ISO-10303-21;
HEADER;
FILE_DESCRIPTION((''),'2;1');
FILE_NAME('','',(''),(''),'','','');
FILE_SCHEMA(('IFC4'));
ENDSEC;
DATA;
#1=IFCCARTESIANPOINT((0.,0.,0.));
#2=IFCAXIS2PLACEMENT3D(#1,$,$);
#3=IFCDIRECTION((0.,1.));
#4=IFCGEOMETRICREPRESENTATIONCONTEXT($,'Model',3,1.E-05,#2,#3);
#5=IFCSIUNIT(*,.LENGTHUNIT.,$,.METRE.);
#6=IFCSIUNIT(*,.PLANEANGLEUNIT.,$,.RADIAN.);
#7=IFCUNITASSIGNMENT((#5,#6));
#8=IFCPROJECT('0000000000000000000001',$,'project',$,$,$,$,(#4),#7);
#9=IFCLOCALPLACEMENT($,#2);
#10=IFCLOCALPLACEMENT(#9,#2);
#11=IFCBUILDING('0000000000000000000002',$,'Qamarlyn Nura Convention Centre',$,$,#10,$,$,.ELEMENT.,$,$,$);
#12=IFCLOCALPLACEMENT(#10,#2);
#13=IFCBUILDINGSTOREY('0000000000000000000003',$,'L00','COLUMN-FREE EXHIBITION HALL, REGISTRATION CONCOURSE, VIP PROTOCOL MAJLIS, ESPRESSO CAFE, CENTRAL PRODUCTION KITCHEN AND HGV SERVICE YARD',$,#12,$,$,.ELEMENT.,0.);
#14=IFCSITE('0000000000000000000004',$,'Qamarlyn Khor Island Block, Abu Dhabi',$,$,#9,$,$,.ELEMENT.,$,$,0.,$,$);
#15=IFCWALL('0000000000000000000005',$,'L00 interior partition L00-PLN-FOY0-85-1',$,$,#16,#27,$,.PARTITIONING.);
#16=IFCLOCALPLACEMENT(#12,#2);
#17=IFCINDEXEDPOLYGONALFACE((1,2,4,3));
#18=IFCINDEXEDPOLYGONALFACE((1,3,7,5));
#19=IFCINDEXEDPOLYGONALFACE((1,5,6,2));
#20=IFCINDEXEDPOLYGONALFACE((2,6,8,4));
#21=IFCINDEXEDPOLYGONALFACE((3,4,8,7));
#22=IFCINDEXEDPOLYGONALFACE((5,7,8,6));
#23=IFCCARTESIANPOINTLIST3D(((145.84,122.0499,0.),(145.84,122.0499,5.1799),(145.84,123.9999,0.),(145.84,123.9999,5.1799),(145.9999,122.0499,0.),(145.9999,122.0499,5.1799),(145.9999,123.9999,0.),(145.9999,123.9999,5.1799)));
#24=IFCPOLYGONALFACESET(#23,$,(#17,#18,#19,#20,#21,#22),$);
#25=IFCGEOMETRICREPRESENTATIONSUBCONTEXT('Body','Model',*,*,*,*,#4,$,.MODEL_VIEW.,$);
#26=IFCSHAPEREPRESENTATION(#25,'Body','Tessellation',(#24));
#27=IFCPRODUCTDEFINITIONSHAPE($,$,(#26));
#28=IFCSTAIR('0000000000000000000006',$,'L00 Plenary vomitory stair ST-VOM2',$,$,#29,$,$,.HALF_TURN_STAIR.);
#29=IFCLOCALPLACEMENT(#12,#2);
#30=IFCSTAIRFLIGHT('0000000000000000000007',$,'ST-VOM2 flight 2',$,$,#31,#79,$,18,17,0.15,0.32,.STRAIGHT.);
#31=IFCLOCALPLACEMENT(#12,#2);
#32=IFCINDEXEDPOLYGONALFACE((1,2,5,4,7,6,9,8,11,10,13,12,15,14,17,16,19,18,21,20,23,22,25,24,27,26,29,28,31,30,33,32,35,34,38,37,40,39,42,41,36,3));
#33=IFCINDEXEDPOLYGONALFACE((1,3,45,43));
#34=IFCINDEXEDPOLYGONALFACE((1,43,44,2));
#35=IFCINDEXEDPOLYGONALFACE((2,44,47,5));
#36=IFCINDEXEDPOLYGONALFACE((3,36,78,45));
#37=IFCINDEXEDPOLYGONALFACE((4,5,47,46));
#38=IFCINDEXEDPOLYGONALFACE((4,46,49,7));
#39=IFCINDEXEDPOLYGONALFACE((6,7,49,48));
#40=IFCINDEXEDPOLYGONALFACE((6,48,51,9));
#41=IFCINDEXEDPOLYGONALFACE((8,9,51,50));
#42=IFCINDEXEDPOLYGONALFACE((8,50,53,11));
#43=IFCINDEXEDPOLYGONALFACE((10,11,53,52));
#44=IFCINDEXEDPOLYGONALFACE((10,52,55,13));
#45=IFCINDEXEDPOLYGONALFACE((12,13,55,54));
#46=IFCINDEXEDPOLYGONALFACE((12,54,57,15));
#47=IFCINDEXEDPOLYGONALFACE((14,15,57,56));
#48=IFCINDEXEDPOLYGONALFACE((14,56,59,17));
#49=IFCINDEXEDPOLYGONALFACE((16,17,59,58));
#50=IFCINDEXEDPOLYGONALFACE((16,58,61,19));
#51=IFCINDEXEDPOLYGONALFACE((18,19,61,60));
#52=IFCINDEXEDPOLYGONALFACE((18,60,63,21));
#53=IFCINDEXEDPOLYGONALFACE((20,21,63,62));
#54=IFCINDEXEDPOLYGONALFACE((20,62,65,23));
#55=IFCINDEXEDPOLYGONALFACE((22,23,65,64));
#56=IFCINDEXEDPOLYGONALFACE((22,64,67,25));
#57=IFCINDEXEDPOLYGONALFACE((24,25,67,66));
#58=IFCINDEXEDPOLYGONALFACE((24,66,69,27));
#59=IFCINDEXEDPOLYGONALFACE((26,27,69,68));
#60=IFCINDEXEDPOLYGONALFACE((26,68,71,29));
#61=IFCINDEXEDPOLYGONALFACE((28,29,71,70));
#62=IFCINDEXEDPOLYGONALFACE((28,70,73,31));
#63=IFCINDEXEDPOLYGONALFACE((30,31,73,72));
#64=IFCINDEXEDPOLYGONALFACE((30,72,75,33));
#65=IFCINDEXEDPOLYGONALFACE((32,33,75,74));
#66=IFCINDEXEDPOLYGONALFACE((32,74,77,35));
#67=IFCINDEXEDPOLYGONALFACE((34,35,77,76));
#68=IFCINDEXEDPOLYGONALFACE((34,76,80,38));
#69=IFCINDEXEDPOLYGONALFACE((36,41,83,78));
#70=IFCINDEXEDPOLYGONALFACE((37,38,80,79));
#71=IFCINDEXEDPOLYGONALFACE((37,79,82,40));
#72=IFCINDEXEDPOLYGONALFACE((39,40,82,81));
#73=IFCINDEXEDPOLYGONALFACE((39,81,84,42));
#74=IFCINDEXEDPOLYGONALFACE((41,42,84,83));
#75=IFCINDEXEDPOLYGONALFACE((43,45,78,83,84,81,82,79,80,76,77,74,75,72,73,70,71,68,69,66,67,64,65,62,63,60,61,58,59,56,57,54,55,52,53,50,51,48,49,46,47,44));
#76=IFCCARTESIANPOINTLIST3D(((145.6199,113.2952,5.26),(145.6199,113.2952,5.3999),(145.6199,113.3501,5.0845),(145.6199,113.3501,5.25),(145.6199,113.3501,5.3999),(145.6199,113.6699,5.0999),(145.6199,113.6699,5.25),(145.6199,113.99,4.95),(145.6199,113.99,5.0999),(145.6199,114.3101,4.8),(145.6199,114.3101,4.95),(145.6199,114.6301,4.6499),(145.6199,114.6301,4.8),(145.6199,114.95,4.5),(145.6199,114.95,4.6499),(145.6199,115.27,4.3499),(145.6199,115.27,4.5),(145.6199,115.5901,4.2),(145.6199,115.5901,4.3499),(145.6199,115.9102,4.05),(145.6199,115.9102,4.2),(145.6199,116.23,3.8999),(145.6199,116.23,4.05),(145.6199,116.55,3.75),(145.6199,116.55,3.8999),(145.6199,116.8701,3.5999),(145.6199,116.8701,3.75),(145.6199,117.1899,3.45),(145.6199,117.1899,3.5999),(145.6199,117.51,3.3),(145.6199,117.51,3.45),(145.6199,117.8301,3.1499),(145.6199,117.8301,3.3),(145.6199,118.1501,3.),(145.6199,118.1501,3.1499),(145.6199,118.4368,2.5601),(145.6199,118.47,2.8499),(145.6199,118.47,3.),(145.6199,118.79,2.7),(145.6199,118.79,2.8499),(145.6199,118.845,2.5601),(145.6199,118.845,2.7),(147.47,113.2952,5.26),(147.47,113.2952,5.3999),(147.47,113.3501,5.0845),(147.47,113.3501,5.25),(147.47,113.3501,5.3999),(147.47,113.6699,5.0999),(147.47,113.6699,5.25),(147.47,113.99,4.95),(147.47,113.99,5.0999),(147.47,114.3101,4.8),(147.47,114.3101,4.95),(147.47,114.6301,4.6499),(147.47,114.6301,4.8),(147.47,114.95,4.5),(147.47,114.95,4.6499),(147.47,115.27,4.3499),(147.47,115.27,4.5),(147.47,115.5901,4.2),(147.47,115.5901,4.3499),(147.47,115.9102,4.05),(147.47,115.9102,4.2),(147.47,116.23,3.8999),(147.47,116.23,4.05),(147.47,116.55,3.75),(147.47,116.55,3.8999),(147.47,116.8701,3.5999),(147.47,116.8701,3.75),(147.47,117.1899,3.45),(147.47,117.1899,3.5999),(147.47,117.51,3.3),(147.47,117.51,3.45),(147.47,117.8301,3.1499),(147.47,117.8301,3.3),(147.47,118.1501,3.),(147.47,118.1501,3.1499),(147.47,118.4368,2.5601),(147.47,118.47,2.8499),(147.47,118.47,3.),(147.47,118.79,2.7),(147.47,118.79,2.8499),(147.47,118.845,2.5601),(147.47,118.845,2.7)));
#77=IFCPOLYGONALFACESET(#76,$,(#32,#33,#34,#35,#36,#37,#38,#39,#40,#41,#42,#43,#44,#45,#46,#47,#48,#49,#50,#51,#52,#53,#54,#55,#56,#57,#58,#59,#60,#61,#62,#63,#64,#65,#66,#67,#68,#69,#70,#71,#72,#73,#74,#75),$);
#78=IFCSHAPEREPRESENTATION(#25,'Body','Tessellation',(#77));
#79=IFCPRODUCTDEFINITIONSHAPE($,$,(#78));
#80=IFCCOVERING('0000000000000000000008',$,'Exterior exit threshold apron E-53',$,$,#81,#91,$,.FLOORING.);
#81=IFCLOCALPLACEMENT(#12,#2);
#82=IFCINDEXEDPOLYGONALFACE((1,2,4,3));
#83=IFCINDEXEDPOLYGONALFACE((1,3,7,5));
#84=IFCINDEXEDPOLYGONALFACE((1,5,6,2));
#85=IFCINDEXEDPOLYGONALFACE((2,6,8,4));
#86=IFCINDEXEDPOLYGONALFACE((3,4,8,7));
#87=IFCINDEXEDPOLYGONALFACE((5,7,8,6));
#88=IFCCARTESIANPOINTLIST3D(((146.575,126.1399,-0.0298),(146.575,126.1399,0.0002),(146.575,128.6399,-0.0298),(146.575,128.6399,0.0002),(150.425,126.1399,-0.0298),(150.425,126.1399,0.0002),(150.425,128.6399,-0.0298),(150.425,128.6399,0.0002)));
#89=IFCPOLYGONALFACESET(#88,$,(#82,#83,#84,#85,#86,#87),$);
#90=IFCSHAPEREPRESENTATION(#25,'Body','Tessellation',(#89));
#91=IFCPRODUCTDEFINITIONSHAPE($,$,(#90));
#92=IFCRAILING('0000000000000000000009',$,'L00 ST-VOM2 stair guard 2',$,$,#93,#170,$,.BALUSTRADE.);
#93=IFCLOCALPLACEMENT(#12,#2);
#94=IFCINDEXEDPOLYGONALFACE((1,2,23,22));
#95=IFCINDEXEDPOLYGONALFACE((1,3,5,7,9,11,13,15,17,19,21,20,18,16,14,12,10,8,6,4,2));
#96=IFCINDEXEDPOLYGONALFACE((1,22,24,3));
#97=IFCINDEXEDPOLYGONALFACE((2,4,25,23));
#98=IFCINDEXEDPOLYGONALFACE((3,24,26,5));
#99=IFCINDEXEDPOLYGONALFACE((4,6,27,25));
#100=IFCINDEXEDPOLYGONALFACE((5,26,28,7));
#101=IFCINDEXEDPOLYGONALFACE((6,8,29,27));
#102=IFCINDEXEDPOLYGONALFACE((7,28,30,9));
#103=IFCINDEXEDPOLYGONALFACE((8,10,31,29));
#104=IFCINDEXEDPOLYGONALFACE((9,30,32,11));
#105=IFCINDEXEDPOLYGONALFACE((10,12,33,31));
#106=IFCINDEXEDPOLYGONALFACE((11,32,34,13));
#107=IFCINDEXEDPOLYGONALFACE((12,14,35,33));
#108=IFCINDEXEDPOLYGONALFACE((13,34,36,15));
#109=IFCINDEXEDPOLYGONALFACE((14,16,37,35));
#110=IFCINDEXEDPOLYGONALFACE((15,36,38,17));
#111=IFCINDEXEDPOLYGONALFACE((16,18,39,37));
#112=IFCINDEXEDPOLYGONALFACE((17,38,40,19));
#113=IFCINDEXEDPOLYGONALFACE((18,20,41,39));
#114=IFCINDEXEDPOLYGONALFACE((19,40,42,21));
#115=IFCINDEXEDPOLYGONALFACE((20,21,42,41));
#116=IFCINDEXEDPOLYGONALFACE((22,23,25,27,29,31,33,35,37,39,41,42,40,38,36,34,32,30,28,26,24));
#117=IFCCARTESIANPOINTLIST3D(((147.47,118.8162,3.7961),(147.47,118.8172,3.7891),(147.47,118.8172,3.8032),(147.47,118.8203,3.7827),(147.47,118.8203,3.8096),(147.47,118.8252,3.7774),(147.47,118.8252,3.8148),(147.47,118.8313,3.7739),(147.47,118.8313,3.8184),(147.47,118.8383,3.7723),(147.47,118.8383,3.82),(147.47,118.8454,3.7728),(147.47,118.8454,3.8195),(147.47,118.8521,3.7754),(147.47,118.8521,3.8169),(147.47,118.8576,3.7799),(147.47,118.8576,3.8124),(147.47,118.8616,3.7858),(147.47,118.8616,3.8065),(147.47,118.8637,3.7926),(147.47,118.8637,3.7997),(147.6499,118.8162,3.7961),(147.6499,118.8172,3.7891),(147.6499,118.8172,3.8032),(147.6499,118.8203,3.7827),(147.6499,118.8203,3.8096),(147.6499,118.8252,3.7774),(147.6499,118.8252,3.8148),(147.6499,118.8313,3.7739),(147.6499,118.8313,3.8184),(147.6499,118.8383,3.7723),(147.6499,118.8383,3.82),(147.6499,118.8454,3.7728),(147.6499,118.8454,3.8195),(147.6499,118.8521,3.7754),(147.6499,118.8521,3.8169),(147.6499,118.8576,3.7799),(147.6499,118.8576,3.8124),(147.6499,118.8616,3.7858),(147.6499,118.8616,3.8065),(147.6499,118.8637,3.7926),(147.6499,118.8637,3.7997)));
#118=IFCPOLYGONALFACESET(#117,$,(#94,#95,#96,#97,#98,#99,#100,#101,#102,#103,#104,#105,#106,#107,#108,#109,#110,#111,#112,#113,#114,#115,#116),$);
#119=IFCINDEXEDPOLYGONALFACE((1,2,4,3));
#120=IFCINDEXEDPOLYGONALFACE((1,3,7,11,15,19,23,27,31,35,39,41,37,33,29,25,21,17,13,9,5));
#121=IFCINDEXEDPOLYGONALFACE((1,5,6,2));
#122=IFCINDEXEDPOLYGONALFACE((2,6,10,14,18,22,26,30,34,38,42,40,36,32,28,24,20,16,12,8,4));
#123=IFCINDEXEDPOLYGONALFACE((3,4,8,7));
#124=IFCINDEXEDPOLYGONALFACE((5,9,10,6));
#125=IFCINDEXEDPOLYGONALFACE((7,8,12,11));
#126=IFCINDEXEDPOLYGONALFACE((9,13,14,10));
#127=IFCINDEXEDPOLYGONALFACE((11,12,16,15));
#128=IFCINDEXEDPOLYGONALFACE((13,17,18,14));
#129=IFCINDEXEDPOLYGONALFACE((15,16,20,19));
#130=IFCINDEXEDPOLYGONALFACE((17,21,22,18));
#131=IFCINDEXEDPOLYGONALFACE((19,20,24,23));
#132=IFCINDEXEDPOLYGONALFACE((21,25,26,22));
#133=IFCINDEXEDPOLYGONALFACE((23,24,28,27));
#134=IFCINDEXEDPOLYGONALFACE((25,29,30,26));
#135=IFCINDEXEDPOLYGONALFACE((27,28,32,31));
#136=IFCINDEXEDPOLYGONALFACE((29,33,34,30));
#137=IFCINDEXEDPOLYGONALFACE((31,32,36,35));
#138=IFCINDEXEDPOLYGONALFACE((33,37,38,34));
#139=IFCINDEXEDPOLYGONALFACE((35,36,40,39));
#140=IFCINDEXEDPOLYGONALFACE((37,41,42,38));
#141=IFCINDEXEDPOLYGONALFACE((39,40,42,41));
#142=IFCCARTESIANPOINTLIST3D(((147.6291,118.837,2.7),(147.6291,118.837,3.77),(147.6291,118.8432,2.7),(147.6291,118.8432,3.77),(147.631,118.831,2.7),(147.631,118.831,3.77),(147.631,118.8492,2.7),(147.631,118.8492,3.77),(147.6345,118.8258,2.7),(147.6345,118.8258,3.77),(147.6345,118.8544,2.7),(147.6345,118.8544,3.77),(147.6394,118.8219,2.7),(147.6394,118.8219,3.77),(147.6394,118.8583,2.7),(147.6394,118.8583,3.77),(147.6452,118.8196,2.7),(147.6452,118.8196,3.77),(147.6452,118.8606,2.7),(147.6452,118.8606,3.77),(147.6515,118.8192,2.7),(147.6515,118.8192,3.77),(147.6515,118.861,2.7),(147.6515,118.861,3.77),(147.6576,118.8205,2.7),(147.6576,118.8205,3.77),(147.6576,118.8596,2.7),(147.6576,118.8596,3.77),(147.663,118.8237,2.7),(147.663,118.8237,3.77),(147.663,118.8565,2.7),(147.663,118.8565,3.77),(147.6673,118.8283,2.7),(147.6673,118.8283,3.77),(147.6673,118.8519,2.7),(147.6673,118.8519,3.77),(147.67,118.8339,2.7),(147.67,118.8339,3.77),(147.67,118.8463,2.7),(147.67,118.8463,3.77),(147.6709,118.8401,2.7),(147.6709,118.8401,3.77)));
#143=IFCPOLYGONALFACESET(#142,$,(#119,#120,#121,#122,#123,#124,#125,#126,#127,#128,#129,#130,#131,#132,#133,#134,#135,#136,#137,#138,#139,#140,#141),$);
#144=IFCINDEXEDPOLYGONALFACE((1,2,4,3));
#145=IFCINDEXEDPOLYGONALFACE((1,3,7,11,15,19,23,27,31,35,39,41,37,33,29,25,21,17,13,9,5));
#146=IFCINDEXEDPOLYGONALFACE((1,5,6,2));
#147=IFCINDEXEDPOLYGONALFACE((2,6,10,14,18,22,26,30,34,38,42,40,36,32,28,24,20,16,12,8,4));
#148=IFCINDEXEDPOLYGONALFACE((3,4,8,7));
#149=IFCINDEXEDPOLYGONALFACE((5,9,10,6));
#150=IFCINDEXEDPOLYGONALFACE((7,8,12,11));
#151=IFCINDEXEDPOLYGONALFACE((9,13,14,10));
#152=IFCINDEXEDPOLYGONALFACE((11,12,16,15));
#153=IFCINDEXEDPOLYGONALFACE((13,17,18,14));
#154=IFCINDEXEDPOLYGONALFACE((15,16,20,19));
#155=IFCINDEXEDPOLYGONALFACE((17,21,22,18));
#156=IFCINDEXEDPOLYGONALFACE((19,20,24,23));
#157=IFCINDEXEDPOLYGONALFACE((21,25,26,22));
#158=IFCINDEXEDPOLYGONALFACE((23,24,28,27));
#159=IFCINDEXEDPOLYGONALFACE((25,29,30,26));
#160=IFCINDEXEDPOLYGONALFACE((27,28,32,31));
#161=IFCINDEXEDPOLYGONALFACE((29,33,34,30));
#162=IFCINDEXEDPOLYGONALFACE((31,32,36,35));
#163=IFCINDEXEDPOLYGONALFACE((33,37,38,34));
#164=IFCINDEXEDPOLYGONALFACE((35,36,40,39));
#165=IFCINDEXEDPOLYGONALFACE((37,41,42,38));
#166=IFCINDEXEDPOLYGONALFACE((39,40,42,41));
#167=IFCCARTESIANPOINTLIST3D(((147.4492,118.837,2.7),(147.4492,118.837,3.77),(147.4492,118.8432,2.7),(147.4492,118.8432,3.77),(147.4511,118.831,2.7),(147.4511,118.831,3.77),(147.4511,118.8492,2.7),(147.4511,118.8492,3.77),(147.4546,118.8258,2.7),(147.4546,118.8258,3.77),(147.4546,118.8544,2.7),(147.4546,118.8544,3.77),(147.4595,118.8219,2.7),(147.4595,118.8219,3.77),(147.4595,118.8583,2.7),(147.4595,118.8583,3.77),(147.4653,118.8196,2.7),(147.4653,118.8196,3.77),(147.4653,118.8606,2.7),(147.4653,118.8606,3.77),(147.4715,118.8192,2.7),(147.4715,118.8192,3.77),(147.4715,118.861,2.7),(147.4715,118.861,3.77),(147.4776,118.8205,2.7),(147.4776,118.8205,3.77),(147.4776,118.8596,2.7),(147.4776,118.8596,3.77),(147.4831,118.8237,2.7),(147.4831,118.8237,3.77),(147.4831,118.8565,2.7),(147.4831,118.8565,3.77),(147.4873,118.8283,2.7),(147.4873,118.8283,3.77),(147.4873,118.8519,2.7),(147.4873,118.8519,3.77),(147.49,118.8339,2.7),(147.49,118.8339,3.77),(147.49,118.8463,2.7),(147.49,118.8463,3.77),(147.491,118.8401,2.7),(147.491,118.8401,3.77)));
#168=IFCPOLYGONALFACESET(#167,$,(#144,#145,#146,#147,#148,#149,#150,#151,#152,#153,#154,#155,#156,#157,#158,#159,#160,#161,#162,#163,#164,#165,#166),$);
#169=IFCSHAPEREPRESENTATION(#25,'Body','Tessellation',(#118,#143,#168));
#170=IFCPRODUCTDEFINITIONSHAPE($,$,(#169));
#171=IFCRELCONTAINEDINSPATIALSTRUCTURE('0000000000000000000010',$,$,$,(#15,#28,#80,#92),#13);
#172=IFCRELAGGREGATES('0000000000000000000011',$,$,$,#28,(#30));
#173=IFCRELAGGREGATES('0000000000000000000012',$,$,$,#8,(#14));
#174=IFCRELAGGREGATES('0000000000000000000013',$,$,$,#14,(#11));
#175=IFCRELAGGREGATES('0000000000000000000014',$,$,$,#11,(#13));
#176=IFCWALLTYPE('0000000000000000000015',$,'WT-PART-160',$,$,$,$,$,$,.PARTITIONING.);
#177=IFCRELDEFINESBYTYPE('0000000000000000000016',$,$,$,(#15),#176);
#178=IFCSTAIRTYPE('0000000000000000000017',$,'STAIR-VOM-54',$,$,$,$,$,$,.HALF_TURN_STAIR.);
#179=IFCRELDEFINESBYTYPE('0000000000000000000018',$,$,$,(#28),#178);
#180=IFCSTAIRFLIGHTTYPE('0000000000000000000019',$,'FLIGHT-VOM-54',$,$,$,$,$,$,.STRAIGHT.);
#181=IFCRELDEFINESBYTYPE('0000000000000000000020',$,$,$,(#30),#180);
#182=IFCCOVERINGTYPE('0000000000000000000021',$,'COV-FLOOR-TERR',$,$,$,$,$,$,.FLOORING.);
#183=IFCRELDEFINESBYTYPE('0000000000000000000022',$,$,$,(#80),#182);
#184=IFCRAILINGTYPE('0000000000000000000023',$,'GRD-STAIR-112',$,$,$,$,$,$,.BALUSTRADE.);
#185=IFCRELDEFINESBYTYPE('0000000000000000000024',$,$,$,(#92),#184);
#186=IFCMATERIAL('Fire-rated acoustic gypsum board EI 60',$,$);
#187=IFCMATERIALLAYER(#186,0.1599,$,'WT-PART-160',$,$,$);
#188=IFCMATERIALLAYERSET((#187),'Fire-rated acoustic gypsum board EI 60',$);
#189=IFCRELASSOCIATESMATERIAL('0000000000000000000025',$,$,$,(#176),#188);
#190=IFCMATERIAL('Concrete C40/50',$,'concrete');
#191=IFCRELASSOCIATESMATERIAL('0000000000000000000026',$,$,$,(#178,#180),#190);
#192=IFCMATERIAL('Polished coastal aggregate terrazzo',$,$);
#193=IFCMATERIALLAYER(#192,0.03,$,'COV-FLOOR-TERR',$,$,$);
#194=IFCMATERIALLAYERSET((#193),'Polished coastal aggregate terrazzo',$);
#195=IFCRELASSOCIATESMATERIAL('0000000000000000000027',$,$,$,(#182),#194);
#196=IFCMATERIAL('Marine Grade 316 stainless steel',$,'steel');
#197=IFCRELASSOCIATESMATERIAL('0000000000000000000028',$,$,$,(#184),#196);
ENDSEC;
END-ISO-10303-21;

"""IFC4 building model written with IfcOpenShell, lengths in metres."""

from ifc_helpers import new_model, si_unit, direction, frame, frame_2d, origin, origin_2d, place, context, subcontext, project, spatial, polyline, rectangle, circle, outline, extrude, material, layer, layer_set, type_object, element, aggregate, save


model = new_model("IFC4")

# Units and contexts
model_context = context("Model", 3, precision=1e-05, world=origin(), true_north=direction((0.0, 1.0)))
body_context = subcontext(model_context, "Body", "Model", "MODEL_VIEW")
ifc_project = project(units=[si_unit("LENGTHUNIT", "METRE"), si_unit("PLANEANGLEUNIT", "RADIAN")], contexts=[model_context])

# Site, building, storey
site_placement = place(None, origin())
site = spatial("IfcSite", under=ifc_project, at=site_placement, Name="Qamarlyn Khor Island Block, Abu Dhabi", CompositionType="ELEMENT", RefElevation=0.0)
building_placement = place(site_placement, origin())
building = spatial("IfcBuilding", under=site, at=building_placement, Name="Qamarlyn Nura Convention Centre", CompositionType="ELEMENT")
storey_placement = place(building_placement, origin())
storey = spatial("IfcBuildingStorey", under=building, at=storey_placement, Name="L00", Description="COLUMN-FREE EXHIBITION HALL, REGISTRATION CONCOURSE, VIP PROTOCOL MAJLIS, ESPRESSO CAFE, CENTRAL PRODUCTION KITCHEN AND HGV SERVICE YARD", CompositionType="ELEMENT", Elevation=0.0)

# Shared definitions
ifc_material_1 = material(Name="Concrete C40/50", Category="concrete")

# Wall
ifc_material_2 = material(Name="Fire-rated acoustic gypsum board EI 60")
ifc_layer_1 = layer(ifc_material_2, 0.1599, Name="WT-PART-160")
ifc_layer_set_1 = layer_set([ifc_layer_1], Name="Fire-rated acoustic gypsum board EI 60")
wall_type_1 = type_object("IfcWallType", Name="WT-PART-160", PredefinedType="PARTITIONING", material=ifc_layer_set_1)
wall_1_placement = place(storey_placement, frame((145.9199, 124.0, 0.0), z_axis=(0.0, 0.0, 1.0), x_axis=(0.0, -1.0, 0.0)))
element("IfcWall", 1, at=wall_1_placement, inside=storey, type_object=wall_type_1, Name="L00 interior partition L00-PLN-FOY0-85-1", PredefinedType="PARTITIONING", context=body_context, shape_type="SweptSolid", body=[
    extrude(rectangle(XDim=1.95, YDim=0.1599, at=frame_2d((0.9751, 0.0))), origin(), (0.0, 0.0, 1.0), 5.1799),
])

# Stair, stair flight
stair_type = type_object("IfcStairType", Name="STAIR-VOM-54", PredefinedType="HALF_TURN_STAIR", material=ifc_material_1)
stair_placement = place(storey_placement, origin())
stair = element("IfcStair", 2, at=stair_placement, inside=storey, type_object=stair_type, Name="L00 Plenary vomitory stair ST-VOM2", PredefinedType="HALF_TURN_STAIR")
stair_flight_type = type_object("IfcStairFlightType", Name="FLIGHT-VOM-54", PredefinedType="STRAIGHT", material=ifc_material_1)
stair_flight_placement = place(storey_placement, frame((146.5449, 118.79, 2.7), z_axis=(0.0, 0.0, 1.0), x_axis=(0.0, -1.0, 0.0)))
stair_flight = element("IfcStairFlight", 3, at=stair_flight_placement, type_object=stair_flight_type, Name="ST-VOM2 flight 2", NumberOfRisers=18, NumberOfTreads=17, PredefinedType="STRAIGHT", RiserHeight=0.15, TreadLength=0.32, context=body_context, shape_type="SweptSolid", body=[
    extrude(outline(polyline([(-0.0549, 0.0), (0.0, 0.0), (0.0, 0.1499), (0.3201, 0.1499), (0.3201, 0.3), (0.6399, 0.3), (0.6399, 0.45), (0.96, 0.45), (0.96, 0.6001), (1.28, 0.6001), (1.28, 0.75), (1.6001, 0.75), (1.6001, 0.8999), (1.9199, 0.8999), (1.9199, 1.05), (2.24, 1.05), (2.24, 1.2), (2.5601, 1.2), (2.5601, 1.3501), (2.8799, 1.3501), (2.8799, 1.5), (3.2, 1.5), (3.2, 1.6499), (3.52, 1.6499), (3.52, 1.8), (3.8401, 1.8), (3.8401, 1.95), (4.1599, 1.95), (4.1599, 2.1001), (4.48, 2.1001), (4.48, 2.25), (4.8, 2.25), (4.8, 2.3999), (5.1201, 2.3999), (5.1201, 2.55), (5.4399, 2.55), (5.4399, 2.7), (5.4949, 2.7), (5.4949, 2.5601), (5.4399, 2.3845), (0.3533, -0.1399), (-0.0549, -0.1399), (-0.0549, 0.0)])), frame((0.0, 0.925, 0.0), z_axis=(0.0, -1.0, 0.0), x_axis=(1.0, 0.0, 0.0)), (0.0, 0.0, 1.0), 1.8501),
])
aggregate(stair, [stair_flight])

# Covering
ifc_material_3 = material(Name="Polished coastal aggregate terrazzo")
ifc_layer_2 = layer(ifc_material_3, 0.03, Name="COV-FLOOR-TERR")
ifc_layer_set_2 = layer_set([ifc_layer_2], Name="Polished coastal aggregate terrazzo")
covering_type = type_object("IfcCoveringType", Name="COV-FLOOR-TERR", PredefinedType="FLOORING", material=ifc_layer_set_2)
covering_placement = place(storey_placement, frame((148.5, 127.3899, -0.0298), z_axis=(0.0, 0.0, 1.0), x_axis=(1.0, 0.0, 0.0)))
element("IfcCovering", 4, at=covering_placement, inside=storey, type_object=covering_type, Name="Exterior exit threshold apron E-53", PredefinedType="FLOORING", context=body_context, shape_type="SweptSolid", body=[
    extrude(rectangle(XDim=3.8501, YDim=2.5, at=origin_2d()), origin(), (0.0, 0.0, 1.0), 0.03),
])

# Railing
ifc_material_4 = material(Name="Marine Grade 316 stainless steel", Category="steel")
railing_type_1 = type_object("IfcRailingType", Name="GRD-STAIR-112", PredefinedType="BALUSTRADE", material=ifc_material_4)
railing_1_placement = place(storey_placement, frame((147.6499, 118.8401, 2.7)))
element("IfcRailing", 5, at=railing_1_placement, inside=storey, type_object=railing_type_1, Name="L00 ST-VOM2 stair guard 2", PredefinedType="BALUSTRADE", context=body_context, shape_type="SweptSolid", body=[
    extrude(circle(Radius=0.0239, at=origin_2d()), frame((0.0, 0.0, 1.0962), z_axis=(-1.0, 0.0, 0.0), x_axis=(0.0, -1.0, 0.0)), (0.0, 0.0, 1.0), 0.1799),
    extrude(circle(Radius=0.021, at=origin_2d()), origin(), (0.0, 0.0, 1.0), 1.0701),
    extrude(circle(Radius=0.021, at=origin_2d()), frame((-0.1799, 0.0, 0.0)), (0.0, 0.0, 1.0), 1.0701),
])

save(model, "model.ifc")
